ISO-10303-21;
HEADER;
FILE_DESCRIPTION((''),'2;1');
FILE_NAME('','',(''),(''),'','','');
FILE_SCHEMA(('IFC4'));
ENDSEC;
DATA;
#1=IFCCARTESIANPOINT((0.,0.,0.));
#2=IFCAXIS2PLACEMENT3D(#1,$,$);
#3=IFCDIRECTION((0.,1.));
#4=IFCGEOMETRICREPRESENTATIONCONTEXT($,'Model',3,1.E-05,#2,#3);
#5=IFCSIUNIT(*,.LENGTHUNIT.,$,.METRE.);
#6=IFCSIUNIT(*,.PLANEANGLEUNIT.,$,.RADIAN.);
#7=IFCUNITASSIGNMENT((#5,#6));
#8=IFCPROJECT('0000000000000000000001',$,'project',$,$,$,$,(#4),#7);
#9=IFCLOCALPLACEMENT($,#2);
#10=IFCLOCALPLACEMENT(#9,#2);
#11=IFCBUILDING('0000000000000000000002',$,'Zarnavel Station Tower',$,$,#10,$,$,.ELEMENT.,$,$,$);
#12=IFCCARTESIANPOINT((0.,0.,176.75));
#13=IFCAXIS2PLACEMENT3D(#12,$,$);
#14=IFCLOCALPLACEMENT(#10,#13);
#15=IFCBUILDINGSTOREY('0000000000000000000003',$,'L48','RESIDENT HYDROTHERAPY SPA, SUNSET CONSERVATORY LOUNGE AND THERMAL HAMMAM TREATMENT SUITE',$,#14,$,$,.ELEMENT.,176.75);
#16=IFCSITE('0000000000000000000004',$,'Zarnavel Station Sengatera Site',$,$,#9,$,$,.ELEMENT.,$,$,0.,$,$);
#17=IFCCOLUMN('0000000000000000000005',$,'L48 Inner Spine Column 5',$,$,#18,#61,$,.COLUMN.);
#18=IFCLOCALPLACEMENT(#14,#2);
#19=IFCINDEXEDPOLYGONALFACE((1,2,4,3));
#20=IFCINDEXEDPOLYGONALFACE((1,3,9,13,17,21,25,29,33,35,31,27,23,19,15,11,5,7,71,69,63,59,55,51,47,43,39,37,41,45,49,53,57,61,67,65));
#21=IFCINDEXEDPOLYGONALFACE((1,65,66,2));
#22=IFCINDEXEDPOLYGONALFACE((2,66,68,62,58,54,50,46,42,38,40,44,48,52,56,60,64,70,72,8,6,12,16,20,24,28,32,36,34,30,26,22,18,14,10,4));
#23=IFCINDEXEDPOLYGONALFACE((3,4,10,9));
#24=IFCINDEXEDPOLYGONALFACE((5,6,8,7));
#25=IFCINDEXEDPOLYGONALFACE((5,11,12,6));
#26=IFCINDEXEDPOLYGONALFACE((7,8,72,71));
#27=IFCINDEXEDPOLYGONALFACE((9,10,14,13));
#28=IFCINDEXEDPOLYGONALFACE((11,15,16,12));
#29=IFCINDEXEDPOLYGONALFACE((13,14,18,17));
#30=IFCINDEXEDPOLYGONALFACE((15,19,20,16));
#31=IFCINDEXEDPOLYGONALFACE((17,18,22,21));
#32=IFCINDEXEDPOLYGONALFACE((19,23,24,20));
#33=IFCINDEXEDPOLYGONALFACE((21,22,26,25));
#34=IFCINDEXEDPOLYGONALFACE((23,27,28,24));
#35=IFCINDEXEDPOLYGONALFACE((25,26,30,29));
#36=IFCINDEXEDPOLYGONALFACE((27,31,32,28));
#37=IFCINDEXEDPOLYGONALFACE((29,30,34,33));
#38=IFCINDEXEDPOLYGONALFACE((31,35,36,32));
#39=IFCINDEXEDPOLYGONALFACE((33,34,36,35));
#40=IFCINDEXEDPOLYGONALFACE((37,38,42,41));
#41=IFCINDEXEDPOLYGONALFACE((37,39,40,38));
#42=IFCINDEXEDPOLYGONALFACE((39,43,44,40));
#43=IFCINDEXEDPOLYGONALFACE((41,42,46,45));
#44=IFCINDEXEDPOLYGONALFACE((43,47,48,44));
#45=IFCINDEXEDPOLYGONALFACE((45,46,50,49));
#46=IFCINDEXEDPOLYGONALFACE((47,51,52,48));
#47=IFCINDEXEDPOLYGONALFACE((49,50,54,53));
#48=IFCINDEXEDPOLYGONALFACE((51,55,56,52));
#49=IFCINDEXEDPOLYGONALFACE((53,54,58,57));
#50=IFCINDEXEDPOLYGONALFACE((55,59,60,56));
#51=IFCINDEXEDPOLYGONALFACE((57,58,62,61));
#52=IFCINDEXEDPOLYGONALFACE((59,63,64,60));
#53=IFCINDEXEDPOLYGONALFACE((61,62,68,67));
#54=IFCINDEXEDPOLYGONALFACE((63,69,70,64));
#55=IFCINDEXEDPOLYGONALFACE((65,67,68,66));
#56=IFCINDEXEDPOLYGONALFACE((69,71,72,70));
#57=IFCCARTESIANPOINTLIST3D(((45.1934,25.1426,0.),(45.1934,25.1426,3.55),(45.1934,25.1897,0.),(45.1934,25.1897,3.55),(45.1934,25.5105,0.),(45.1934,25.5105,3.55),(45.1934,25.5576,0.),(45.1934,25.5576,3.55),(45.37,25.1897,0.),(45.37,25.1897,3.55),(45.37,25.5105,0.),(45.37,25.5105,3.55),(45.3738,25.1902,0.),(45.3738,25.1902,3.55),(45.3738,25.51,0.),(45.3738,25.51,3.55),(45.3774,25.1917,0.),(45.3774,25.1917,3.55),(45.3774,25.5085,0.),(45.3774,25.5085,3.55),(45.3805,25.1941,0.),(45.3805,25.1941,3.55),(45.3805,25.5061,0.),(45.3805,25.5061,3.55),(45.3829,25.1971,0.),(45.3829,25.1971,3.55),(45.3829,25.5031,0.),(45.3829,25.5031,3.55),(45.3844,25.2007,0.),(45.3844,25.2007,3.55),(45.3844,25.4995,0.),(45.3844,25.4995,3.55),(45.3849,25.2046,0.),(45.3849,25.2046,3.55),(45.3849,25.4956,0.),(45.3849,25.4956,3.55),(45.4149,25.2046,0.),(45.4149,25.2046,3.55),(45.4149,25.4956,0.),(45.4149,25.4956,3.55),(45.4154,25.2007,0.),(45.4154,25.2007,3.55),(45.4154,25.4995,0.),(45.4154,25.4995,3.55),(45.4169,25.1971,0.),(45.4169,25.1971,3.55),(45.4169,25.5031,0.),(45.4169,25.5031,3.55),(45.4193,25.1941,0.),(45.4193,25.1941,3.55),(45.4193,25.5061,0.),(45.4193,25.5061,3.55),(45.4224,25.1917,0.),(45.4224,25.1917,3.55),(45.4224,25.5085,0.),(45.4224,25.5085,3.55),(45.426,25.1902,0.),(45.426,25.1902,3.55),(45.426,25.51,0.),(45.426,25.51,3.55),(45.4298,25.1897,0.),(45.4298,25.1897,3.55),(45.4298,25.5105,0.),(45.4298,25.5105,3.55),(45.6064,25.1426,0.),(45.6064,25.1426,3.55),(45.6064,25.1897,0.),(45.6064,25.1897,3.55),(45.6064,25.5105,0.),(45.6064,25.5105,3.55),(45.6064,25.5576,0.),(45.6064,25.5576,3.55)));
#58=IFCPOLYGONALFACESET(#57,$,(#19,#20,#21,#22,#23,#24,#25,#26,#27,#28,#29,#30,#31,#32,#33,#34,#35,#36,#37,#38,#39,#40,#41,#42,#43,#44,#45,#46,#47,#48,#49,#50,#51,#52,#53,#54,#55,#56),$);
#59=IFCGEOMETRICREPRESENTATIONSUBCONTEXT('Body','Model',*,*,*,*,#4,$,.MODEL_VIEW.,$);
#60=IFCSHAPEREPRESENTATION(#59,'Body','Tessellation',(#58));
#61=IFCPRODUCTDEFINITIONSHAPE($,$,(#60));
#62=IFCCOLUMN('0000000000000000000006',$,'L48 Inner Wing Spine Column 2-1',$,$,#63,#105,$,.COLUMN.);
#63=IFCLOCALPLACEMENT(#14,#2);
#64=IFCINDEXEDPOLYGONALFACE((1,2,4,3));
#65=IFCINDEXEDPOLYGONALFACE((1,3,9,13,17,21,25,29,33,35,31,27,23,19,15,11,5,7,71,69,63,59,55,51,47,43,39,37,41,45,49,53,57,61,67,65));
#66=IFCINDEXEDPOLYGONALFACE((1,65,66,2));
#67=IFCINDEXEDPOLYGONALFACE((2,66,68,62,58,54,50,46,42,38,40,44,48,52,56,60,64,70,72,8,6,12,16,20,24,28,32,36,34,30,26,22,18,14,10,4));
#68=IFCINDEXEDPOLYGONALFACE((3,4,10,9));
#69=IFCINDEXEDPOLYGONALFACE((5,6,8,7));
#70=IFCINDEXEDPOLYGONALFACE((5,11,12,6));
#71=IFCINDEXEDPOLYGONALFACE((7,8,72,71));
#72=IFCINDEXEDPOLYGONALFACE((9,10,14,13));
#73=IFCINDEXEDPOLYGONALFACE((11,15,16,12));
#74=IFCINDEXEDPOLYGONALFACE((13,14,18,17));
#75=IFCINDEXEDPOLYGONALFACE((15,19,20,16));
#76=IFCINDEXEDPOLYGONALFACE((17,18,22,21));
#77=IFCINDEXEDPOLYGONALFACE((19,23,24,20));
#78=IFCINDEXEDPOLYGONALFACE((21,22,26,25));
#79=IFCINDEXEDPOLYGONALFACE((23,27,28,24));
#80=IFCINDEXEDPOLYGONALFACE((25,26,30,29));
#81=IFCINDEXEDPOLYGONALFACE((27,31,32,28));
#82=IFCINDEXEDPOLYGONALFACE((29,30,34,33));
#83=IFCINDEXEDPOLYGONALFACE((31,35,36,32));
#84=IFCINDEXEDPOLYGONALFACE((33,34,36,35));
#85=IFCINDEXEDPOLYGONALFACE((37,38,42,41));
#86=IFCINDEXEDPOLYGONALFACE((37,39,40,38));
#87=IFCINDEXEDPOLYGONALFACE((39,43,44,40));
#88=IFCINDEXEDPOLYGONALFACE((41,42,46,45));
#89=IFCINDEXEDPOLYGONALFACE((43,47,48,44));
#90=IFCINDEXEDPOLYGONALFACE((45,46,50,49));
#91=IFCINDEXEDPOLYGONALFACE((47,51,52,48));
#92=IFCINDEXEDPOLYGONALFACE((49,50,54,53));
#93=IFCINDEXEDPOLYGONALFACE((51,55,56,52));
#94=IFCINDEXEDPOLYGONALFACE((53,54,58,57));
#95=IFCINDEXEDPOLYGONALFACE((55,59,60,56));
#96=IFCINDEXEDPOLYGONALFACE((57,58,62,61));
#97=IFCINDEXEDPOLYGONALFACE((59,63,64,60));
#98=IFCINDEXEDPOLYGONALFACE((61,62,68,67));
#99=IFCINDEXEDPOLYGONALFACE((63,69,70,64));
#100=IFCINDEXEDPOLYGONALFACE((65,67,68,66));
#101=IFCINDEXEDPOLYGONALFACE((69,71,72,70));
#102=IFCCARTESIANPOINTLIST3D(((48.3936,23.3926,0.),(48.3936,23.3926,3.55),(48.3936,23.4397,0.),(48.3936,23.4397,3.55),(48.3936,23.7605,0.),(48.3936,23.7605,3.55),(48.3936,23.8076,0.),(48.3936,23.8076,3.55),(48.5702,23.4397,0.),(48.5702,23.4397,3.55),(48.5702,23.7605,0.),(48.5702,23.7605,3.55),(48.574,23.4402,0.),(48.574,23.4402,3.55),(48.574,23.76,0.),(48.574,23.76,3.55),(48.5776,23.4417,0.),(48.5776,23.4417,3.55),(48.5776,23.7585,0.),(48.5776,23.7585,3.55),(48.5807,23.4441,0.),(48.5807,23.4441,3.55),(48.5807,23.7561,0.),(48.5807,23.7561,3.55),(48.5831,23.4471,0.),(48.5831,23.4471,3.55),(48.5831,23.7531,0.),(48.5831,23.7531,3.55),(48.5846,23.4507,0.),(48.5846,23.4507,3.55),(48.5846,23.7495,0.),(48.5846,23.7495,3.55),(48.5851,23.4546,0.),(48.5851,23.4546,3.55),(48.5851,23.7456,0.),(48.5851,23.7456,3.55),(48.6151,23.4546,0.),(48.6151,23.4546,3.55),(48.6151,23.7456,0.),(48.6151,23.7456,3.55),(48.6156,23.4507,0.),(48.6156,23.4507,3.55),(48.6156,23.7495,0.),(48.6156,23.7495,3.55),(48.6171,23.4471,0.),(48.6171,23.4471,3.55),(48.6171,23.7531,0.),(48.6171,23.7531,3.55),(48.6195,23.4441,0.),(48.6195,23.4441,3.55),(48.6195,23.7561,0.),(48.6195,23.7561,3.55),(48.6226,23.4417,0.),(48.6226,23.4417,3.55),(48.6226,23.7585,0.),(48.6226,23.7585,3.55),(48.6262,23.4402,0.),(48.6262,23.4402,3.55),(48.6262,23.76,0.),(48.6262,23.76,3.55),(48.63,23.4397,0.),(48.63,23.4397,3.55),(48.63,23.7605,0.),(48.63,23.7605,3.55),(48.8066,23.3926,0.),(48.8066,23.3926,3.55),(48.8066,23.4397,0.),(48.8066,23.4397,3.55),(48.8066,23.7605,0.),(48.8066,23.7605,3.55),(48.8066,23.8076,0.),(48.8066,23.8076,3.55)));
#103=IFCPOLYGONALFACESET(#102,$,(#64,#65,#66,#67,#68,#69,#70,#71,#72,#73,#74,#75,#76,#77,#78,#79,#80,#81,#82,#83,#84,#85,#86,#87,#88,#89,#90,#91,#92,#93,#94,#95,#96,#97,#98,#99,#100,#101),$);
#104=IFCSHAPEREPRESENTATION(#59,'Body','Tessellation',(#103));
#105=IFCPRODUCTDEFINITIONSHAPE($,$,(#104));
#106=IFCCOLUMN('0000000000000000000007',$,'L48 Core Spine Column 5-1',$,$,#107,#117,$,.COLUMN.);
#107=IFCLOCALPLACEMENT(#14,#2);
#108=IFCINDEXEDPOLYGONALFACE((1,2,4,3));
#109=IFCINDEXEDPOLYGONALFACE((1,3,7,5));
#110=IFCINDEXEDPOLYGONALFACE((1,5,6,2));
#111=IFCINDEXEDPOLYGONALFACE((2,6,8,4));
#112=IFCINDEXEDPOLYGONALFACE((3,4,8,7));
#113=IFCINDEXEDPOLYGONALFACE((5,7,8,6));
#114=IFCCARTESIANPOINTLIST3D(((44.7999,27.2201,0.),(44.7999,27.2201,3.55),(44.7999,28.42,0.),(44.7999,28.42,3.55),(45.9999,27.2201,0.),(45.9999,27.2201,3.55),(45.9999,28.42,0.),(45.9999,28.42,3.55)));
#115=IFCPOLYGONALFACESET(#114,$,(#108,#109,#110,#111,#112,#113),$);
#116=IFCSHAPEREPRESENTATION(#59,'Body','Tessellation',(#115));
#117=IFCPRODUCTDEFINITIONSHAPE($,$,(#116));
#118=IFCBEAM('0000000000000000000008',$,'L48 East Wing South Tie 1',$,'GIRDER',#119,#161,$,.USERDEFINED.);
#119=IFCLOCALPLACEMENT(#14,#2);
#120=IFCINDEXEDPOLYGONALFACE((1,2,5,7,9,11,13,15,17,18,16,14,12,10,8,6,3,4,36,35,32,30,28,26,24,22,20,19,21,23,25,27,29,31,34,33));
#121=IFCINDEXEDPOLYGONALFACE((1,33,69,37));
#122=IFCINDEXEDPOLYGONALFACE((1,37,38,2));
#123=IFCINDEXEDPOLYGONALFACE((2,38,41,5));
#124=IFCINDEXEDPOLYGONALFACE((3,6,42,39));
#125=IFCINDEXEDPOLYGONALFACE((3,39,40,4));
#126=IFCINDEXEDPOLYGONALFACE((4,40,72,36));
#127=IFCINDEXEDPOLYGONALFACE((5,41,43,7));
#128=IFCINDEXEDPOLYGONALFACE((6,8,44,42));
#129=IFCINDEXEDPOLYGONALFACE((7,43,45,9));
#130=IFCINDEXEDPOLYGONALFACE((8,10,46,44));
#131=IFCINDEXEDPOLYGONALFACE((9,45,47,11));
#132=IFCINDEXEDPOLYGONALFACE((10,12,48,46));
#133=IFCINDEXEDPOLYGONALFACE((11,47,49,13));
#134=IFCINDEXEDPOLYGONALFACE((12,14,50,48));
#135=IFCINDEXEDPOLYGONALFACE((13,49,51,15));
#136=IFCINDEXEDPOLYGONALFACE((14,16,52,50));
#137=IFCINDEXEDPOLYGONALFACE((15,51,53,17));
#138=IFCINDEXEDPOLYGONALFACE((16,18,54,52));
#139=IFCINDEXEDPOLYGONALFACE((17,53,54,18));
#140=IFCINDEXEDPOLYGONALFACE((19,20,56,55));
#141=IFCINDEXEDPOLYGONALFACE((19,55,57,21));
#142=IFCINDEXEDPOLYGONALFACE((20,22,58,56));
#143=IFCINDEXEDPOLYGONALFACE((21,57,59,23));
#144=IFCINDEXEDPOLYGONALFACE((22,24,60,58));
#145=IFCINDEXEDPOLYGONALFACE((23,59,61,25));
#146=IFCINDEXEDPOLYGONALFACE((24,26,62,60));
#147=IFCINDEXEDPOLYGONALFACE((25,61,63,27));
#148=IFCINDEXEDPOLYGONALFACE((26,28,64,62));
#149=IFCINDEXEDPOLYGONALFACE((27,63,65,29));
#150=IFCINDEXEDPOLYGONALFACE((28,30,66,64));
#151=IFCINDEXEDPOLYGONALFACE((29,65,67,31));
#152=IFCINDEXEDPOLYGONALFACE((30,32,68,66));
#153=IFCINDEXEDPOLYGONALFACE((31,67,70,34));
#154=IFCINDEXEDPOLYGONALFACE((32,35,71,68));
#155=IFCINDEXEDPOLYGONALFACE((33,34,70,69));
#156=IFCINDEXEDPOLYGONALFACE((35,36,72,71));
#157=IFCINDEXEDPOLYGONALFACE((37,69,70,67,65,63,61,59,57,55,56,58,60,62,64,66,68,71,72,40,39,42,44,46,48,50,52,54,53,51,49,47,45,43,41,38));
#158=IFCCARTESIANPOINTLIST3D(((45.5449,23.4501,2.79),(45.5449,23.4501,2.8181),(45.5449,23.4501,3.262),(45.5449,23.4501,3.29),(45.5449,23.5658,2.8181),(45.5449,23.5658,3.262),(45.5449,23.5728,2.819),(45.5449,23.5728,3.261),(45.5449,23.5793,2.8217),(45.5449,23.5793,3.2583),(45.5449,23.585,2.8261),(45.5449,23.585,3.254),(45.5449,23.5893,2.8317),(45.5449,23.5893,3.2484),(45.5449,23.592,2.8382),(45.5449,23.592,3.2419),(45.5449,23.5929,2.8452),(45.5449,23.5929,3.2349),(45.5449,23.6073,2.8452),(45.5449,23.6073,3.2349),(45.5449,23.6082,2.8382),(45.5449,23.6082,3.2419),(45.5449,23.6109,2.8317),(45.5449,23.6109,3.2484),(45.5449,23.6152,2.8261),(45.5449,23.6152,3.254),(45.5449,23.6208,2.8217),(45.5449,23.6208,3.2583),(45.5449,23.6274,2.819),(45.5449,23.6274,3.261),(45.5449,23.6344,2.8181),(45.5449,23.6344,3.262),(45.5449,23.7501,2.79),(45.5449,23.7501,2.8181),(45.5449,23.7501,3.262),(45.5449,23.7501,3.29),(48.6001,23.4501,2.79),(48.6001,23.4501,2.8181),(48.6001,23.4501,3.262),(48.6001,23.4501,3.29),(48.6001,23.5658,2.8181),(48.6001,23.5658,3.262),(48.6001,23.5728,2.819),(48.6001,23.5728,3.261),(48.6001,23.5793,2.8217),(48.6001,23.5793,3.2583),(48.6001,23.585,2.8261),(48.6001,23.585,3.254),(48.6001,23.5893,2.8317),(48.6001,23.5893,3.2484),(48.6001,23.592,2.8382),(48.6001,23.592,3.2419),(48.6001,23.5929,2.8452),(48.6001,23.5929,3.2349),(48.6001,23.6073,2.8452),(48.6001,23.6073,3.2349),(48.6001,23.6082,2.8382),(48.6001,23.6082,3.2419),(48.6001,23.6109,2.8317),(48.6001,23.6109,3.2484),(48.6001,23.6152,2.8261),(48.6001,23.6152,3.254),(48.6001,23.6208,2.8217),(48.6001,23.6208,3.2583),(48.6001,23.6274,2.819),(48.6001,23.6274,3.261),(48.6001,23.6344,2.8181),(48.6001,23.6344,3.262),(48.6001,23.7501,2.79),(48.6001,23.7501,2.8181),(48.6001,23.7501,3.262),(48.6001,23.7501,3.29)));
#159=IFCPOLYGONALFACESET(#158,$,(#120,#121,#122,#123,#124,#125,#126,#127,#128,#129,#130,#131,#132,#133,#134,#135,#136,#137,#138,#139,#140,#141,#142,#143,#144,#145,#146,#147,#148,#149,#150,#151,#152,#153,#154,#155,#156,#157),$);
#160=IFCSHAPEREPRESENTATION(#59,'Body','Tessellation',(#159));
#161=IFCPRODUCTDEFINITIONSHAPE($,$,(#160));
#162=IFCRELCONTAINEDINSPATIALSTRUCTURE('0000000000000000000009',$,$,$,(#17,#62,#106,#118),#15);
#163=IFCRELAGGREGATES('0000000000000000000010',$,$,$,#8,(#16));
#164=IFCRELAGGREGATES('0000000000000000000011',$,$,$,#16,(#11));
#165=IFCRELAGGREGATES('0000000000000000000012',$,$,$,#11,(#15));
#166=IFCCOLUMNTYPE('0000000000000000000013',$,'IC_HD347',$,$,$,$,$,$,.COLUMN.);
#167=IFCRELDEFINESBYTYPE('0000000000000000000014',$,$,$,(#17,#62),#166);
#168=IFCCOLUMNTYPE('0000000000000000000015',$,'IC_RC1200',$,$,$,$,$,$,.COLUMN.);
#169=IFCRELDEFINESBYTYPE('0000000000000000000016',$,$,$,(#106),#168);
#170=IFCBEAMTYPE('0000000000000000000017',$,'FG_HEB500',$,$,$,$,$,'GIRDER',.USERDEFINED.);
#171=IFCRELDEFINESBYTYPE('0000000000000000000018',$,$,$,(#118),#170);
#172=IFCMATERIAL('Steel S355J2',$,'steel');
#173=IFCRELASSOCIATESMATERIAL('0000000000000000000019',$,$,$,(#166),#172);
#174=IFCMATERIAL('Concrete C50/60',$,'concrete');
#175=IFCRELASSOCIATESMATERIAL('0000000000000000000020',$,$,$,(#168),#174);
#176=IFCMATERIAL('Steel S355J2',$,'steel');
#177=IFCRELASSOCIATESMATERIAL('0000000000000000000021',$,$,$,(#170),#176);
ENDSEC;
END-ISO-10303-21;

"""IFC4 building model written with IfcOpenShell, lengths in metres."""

from ifc_helpers import new_model, si_unit, direction, frame, origin, origin_2d, place, context, subcontext, project, spatial, rectangle, i_section, extrude, material, material_profile, profile_set, type_object, element, save


model = new_model("IFC4")

# Units and contexts
model_context = context("Model", 3, precision=1e-05, world=origin(), true_north=direction((0.0, 1.0)))
body_context = subcontext(model_context, "Body", "Model", "MODEL_VIEW")
ifc_project = project(units=[si_unit("LENGTHUNIT", "METRE"), si_unit("PLANEANGLEUNIT", "RADIAN")], contexts=[model_context])

# Site, building, storey
site_placement = place(None, origin())
site = spatial("IfcSite", under=ifc_project, at=site_placement, Name="Zarnavel Station Sengatera Site", CompositionType="ELEMENT", RefElevation=0.0)
building_placement = place(site_placement, origin())
building = spatial("IfcBuilding", under=site, at=building_placement, Name="Zarnavel Station Tower", CompositionType="ELEMENT")
storey_placement = place(building_placement, frame((0.0, 0.0, 176.75)))
storey = spatial("IfcBuildingStorey", under=building, at=storey_placement, Name="L48", Description="RESIDENT HYDROTHERAPY SPA, SUNSET CONSERVATORY LOUNGE AND THERMAL HAMMAM TREATMENT SUITE", CompositionType="ELEMENT", Elevation=176.75)

# Columns
ifc_material_1 = material(Name="Steel S355J2", Category="steel")
ifc_material_profile_1 = material_profile(ifc_material_1, i_section(OverallWidth=0.4131, OverallDepth=0.415, WebThickness=0.03, FlangeThickness=0.0471, FilletRadius=0.0149, at=origin_2d()), Name="HD400x347")
ifc_profile_set_1 = profile_set([ifc_material_profile_1], Name="Steel S355J2")
column_type_1 = type_object("IfcColumnType", Name="IC_HD347", PredefinedType="COLUMN", material=ifc_profile_set_1)
for number, where, z_axis, x_axis, name in (
    (1, (45.3999, 25.3501, 0.0), (0.0, 0.0, 1.0), (1.0, 0.0, 0.0), "L48 Inner Spine Column 5"),
    (2, (48.6001, 23.6001, 0.0), (0.0, 0.0, 1.0), (1.0, 0.0, 0.0), "L48 Inner Wing Spine Column 2-1"),
):
    element("IfcColumn", number, at=place(storey_placement, frame(where, z_axis=z_axis, x_axis=x_axis)), inside=storey, type_object=column_type_1, Name=name, PredefinedType="COLUMN", context=body_context, shape_type="SweptSolid", body=[
        extrude(i_section(OverallWidth=0.4131, OverallDepth=0.415, WebThickness=0.03, FlangeThickness=0.0471, FilletRadius=0.0149, at=origin_2d()), origin(), (0.0, 0.0, 1.0), 3.55),
    ])
ifc_material_2 = material(Name="Concrete C50/60", Category="concrete")
ifc_material_profile_2 = material_profile(ifc_material_2, rectangle(XDim=1.2, YDim=1.2, at=origin_2d()), Name="RC1200x1200")
ifc_profile_set_2 = profile_set([ifc_material_profile_2], Name="Concrete C50/60")
column_type_2 = type_object("IfcColumnType", Name="IC_RC1200", PredefinedType="COLUMN", material=ifc_profile_set_2)
column_placement = place(storey_placement, frame((45.3999, 27.8201, 0.0), z_axis=(0.0, 0.0, 1.0), x_axis=(1.0, 0.0, 0.0)))
element("IfcColumn", 3, at=column_placement, inside=storey, type_object=column_type_2, Name="L48 Core Spine Column 5-1", PredefinedType="COLUMN", context=body_context, shape_type="SweptSolid", body=[
    extrude(rectangle(XDim=1.2, YDim=1.2, at=origin_2d()), origin(), (0.0, 0.0, 1.0), 3.55),
])

# Beam
ifc_material_3 = material(Name="Steel S355J2", Category="steel")
ifc_material_profile_3 = material_profile(ifc_material_3, i_section(OverallWidth=0.3, OverallDepth=0.5, WebThickness=0.0144, FlangeThickness=0.0281, FilletRadius=0.0271, at=origin_2d()), Name="HEB500")
ifc_profile_set_3 = profile_set([ifc_material_profile_3], Name="Steel S355J2")
beam_type_1 = type_object("IfcBeamType", Name="FG_HEB500", ElementType="GIRDER", PredefinedType="USERDEFINED", material=ifc_profile_set_3)
beam_1_placement = place(storey_placement, frame((45.5449, 23.6001, 3.04), z_axis=(1.0, 0.0, 0.0), x_axis=(0.0, 1.0, 0.0)))
element("IfcBeam", 4, at=beam_1_placement, inside=storey, type_object=beam_type_1, Name="L48 East Wing South Tie 1", ObjectType="GIRDER", PredefinedType="USERDEFINED", context=body_context, shape_type="SweptSolid", body=[
    extrude(i_section(OverallWidth=0.3, OverallDepth=0.5, WebThickness=0.0144, FlangeThickness=0.0281, FilletRadius=0.0271, at=origin_2d()), origin(), (0.0, 0.0, 1.0), 3.0552),
])

save(model, "model.ifc")
